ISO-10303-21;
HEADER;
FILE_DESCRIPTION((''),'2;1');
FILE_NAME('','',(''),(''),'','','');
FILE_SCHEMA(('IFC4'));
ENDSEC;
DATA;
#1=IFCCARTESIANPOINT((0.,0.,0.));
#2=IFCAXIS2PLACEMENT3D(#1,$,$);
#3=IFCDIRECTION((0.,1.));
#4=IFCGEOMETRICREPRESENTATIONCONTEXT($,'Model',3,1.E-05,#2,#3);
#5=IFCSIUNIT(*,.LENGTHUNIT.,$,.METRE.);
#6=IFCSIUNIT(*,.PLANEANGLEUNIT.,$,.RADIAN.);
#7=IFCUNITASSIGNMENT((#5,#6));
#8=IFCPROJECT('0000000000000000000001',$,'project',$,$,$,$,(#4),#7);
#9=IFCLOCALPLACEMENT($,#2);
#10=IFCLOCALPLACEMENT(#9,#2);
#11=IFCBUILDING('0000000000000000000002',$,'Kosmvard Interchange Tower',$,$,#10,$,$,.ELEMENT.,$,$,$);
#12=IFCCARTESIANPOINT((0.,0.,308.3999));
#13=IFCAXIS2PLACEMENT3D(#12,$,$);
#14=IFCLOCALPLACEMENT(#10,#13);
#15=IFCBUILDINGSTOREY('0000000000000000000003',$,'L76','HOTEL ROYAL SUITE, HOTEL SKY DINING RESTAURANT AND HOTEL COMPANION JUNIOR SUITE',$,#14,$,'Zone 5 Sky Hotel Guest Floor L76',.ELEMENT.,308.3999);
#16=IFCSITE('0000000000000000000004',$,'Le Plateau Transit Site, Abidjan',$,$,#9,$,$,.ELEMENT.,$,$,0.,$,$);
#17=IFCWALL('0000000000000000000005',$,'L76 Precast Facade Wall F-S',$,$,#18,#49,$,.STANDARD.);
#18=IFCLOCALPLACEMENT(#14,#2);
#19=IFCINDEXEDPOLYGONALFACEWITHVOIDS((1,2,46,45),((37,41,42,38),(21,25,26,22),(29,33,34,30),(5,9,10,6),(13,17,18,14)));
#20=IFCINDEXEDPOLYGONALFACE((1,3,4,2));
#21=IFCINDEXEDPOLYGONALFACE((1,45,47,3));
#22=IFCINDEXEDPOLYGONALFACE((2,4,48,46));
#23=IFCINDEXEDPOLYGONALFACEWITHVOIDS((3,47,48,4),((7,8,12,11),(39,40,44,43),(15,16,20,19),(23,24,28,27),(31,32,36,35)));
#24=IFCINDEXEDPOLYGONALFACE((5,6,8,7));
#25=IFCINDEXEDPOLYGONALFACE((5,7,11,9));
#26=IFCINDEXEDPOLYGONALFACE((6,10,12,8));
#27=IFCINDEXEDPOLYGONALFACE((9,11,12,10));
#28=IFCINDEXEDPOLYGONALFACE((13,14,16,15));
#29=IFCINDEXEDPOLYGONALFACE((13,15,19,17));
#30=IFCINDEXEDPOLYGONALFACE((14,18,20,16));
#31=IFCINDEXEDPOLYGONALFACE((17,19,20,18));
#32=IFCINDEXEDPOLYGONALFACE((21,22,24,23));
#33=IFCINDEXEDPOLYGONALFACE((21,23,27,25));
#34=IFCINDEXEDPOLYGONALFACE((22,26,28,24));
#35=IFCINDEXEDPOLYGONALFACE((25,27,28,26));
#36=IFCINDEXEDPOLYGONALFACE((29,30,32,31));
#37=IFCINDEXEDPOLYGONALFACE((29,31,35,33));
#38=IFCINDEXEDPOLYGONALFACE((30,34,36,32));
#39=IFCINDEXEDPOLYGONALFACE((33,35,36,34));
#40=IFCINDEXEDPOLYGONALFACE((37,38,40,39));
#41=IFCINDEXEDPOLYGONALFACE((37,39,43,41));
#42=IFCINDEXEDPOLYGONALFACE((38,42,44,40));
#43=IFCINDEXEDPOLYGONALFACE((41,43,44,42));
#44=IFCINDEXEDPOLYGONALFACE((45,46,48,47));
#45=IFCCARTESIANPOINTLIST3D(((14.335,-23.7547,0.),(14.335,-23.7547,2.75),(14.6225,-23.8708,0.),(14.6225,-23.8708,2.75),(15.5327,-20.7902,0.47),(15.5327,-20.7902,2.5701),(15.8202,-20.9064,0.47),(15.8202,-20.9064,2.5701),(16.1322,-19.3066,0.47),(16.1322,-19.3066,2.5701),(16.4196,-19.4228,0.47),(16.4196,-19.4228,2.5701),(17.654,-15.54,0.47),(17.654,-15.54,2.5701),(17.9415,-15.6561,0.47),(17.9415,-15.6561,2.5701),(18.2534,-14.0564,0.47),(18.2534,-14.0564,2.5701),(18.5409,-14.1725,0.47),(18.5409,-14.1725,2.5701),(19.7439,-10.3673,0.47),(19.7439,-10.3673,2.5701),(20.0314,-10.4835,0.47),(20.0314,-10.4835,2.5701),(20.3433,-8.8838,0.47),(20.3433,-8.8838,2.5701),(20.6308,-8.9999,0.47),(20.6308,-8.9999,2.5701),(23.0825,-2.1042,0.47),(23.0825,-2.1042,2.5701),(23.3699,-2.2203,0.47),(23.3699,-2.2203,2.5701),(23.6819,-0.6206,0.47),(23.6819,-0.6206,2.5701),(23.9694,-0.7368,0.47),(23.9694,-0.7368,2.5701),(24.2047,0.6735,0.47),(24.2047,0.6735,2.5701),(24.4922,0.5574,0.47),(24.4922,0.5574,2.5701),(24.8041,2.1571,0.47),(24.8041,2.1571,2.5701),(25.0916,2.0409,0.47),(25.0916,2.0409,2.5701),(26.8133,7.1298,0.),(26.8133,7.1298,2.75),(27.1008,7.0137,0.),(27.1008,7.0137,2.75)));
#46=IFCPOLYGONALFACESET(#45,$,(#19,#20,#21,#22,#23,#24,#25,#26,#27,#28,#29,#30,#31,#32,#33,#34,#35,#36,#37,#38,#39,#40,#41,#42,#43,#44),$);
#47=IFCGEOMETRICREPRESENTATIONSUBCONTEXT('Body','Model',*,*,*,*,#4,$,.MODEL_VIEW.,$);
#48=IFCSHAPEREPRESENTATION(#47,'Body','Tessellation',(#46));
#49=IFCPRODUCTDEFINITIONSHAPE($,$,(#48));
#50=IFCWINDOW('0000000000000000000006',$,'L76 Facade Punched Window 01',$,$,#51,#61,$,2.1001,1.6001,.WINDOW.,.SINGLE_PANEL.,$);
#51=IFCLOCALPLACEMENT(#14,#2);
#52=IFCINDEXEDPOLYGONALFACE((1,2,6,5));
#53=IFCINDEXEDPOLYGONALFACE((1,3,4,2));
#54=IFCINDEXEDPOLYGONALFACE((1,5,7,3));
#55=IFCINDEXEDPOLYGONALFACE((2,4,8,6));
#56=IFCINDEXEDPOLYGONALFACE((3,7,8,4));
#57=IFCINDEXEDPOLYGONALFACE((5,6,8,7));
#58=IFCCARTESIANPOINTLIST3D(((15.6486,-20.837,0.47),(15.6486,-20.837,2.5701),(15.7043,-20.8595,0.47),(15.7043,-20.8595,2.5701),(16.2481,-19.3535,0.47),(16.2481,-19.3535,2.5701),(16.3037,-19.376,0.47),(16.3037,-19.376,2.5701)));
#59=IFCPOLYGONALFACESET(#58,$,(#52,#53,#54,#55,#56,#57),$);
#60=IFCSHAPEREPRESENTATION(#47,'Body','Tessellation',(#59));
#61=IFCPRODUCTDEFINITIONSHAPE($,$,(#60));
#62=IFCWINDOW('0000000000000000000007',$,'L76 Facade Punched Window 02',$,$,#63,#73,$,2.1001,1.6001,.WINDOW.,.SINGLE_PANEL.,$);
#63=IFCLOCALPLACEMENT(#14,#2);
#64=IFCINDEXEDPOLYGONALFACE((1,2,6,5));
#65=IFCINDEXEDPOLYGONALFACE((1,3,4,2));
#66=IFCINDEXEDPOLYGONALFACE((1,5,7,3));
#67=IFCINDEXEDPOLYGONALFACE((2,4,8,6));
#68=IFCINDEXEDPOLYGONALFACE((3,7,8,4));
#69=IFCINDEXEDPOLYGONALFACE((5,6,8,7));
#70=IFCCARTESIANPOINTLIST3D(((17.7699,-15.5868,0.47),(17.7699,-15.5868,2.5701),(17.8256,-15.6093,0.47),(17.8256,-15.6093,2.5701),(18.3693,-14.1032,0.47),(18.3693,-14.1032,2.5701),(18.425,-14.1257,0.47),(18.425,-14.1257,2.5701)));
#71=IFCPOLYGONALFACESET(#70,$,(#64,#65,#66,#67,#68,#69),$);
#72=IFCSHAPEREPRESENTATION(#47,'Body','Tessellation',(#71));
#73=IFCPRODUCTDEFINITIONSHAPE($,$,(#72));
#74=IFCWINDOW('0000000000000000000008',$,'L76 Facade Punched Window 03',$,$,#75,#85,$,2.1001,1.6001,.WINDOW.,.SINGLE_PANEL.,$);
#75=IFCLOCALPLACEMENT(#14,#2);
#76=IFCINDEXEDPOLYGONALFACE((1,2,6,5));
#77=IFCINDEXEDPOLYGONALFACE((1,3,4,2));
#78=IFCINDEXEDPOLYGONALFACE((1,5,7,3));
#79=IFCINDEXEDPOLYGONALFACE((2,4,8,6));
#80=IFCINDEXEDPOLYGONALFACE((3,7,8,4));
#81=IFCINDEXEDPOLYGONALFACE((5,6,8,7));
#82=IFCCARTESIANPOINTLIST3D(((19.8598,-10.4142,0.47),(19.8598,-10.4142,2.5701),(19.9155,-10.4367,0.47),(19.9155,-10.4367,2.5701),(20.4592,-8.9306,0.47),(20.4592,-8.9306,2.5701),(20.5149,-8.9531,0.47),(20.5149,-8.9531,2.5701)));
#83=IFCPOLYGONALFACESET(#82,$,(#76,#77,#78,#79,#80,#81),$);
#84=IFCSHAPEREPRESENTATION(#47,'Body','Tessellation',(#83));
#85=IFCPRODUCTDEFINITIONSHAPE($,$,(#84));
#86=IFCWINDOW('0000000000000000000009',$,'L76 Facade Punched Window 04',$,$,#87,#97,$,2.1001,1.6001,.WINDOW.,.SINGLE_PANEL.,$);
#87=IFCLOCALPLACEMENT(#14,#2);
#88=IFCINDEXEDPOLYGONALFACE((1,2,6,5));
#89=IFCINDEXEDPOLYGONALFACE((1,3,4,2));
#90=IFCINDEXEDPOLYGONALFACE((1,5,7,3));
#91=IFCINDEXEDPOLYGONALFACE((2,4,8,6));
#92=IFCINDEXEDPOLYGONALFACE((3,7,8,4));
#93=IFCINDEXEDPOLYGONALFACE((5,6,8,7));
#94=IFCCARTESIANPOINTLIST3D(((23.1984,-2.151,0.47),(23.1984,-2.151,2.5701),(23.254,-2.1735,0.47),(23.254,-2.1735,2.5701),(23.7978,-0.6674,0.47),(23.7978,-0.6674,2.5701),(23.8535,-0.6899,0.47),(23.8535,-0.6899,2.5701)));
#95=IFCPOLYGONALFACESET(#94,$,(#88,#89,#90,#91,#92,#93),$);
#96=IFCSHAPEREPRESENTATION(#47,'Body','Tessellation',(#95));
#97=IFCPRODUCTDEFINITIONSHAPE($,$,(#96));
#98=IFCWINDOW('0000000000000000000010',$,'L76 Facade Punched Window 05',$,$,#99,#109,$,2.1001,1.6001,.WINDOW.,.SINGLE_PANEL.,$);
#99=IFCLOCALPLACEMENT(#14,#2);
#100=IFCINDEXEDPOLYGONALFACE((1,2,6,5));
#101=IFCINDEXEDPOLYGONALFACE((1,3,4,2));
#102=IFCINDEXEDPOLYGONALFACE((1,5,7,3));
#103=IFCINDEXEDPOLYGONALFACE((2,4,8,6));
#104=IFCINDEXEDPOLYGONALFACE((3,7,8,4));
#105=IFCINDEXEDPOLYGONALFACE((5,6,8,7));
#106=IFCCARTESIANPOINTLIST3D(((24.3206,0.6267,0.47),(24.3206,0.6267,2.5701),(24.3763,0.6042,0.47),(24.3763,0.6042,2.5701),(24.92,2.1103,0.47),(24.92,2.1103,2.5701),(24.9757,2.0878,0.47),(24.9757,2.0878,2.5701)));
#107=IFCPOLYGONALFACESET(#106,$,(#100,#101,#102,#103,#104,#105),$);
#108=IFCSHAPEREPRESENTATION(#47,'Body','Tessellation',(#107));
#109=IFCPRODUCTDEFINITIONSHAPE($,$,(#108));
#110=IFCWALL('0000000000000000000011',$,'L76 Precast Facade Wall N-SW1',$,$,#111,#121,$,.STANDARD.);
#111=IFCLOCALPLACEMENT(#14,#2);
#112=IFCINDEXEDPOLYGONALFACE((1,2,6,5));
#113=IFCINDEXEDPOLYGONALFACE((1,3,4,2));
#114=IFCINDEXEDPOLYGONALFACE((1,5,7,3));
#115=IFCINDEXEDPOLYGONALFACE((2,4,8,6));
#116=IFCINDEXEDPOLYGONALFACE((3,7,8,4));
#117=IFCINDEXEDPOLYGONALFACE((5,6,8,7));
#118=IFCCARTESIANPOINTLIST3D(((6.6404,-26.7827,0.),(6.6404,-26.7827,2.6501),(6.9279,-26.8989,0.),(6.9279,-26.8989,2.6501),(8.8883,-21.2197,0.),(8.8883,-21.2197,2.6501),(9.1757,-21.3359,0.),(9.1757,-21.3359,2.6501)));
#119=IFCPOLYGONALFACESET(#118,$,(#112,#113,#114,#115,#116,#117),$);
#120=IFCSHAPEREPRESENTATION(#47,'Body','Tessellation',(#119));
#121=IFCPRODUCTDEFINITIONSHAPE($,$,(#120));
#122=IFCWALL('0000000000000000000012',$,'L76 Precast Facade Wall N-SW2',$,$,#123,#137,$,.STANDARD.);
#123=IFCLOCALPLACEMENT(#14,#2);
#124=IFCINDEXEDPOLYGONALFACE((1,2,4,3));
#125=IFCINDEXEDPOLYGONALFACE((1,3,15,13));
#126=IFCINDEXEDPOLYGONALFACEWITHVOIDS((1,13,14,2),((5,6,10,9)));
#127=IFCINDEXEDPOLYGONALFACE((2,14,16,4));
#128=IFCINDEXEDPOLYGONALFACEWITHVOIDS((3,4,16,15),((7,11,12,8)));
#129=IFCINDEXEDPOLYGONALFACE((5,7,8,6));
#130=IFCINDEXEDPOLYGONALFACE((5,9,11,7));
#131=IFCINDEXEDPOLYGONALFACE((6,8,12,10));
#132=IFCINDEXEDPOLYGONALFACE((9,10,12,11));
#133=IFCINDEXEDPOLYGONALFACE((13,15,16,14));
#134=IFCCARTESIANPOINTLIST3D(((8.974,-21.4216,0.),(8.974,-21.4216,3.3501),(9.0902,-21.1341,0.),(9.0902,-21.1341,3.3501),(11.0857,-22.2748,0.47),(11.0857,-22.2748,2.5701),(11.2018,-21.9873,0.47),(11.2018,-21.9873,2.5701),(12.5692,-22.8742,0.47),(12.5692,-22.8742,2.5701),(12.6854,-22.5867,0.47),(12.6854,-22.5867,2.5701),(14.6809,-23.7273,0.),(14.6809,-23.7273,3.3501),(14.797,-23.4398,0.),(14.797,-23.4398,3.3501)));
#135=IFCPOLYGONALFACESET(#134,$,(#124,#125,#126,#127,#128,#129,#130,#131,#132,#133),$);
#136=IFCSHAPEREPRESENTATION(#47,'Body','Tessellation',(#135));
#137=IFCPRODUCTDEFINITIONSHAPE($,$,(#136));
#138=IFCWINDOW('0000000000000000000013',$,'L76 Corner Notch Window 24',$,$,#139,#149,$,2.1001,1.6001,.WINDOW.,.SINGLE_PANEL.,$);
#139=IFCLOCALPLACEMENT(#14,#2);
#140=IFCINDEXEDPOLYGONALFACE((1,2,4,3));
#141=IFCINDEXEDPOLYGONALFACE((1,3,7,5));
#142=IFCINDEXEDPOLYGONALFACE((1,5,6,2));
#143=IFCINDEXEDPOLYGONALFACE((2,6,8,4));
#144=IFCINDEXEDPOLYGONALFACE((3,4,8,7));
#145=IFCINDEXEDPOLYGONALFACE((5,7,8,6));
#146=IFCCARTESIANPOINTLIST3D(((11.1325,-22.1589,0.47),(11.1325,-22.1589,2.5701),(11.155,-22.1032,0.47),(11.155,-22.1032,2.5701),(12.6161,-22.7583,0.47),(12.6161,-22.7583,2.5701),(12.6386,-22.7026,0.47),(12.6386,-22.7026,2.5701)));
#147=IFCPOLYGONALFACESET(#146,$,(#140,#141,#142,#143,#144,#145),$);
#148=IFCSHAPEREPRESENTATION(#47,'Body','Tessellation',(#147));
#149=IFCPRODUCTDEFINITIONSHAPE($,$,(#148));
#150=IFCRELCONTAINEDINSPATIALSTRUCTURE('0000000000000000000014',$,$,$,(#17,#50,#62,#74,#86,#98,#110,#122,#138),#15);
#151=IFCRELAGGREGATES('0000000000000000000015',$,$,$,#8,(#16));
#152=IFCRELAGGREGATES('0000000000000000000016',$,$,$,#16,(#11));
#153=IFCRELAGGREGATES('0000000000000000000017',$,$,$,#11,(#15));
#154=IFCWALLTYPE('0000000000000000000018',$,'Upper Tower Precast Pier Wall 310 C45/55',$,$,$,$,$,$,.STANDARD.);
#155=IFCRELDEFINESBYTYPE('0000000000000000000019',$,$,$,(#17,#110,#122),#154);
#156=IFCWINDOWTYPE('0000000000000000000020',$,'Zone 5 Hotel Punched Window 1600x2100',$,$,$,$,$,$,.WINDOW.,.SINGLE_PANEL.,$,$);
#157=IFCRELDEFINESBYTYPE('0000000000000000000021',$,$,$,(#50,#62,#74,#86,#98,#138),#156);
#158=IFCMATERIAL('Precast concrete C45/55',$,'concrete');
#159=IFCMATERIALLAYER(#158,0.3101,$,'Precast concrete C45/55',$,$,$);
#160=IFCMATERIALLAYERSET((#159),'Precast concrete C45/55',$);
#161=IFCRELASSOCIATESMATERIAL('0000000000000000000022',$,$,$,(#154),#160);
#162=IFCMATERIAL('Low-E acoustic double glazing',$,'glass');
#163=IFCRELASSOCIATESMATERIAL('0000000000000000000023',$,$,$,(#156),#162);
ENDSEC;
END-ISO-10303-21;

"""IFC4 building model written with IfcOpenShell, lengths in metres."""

from ifc_helpers import new_model, si_unit, direction, frame, frame_2d, origin, place, context, subcontext, project, spatial, rectangle, extrude, source, transform, mapped, material, layer, layer_set, type_object, element, fill, save


model = new_model("IFC4")

# Units and contexts
model_context = context("Model", 3, precision=1e-05, world=origin(), true_north=direction((0.0, 1.0)))
body_context = subcontext(model_context, "Body", "Model", "MODEL_VIEW")
ifc_project = project(units=[si_unit("LENGTHUNIT", "METRE"), si_unit("PLANEANGLEUNIT", "RADIAN")], contexts=[model_context])

# Site, building, storey
site_placement = place(None, origin())
site = spatial("IfcSite", under=ifc_project, at=site_placement, Name="Le Plateau Transit Site, Abidjan", CompositionType="ELEMENT", RefElevation=0.0)
building_placement = place(site_placement, origin())
building = spatial("IfcBuilding", under=site, at=building_placement, Name="Kosmvard Interchange Tower", CompositionType="ELEMENT")
storey_placement = place(building_placement, frame((0.0, 0.0, 308.3999)))
storey = spatial("IfcBuildingStorey", under=building, at=storey_placement, Name="L76", Description="HOTEL ROYAL SUITE, HOTEL SKY DINING RESTAURANT AND HOTEL COMPANION JUNIOR SUITE", LongName="Zone 5 Sky Hotel Guest Floor L76", CompositionType="ELEMENT", Elevation=308.3999)

# Shared definitions
ifc_material_1 = material(Name="Precast concrete C45/55", Category="concrete")

# Wall, openings, windows
ifc_layer_1 = layer(ifc_material_1, 0.3101, Name="Precast concrete C45/55")
ifc_layer_set_1 = layer_set([ifc_layer_1], Name="Precast concrete C45/55")
wall_type_1 = type_object("IfcWallType", Name="Upper Tower Precast Pier Wall 310 C45/55", PredefinedType="STANDARD", material=ifc_layer_set_1)
wall_1_placement = place(storey_placement, frame((14.4788, -23.8127, 0.0), z_axis=(0.0, 0.0, 1.0), x_axis=(0.37461, 0.927183, 0.0)))
wall_1 = element("IfcWall", 1, at=wall_1_placement, inside=storey, type_object=wall_type_1, Name="L76 Precast Facade Wall F-S", PredefinedType="STANDARD", context=body_context, shape_type="SweptSolid", body=[
    extrude(rectangle(XDim=33.3101, YDim=0.3101, at=frame_2d((16.655, 0.0))), origin(), (0.0, 0.0, 1.0), 2.75),
])
opening_1_placement = place(wall_1_placement, frame((3.1973, 0.0, 0.47)))
opening_1 = element("IfcOpeningElement", 2, at=opening_1_placement, cuts=wall_1, PredefinedType="OPENING", context=body_context, shape_type="SweptSolid", body=[
    extrude(rectangle(XDim=1.6001, YDim=2.1001, at=frame_2d((0.8, 1.05))), frame((0.0, 0.165, 0.0), z_axis=(0.0, -1.0, 0.0), x_axis=(1.0, 0.0, 0.0)), (0.0, 0.0, 1.0), 0.3301),
])
opening_2_placement = place(wall_1_placement, frame((8.8599, 0.0, 0.47)))
opening_2 = element("IfcOpeningElement", 3, at=opening_2_placement, cuts=wall_1, PredefinedType="OPENING", context=body_context, shape_type="SweptSolid", body=[
    extrude(rectangle(XDim=1.6001, YDim=2.1001, at=frame_2d((0.8, 1.05))), frame((0.0, 0.165, 0.0), z_axis=(0.0, -1.0, 0.0), x_axis=(1.0, 0.0, 0.0)), (0.0, 0.0, 1.0), 0.3301),
])
opening_3_placement = place(wall_1_placement, frame((14.4387, 0.0, 0.47)))
opening_3 = element("IfcOpeningElement", 4, at=opening_3_placement, cuts=wall_1, PredefinedType="OPENING", context=body_context, shape_type="SweptSolid", body=[
    extrude(rectangle(XDim=1.6001, YDim=2.1001, at=frame_2d((0.8, 1.05))), frame((0.0, 0.165, 0.0), z_axis=(0.0, -1.0, 0.0), x_axis=(1.0, 0.0, 0.0)), (0.0, 0.0, 1.0), 0.3301),
])
opening_4_placement = place(wall_1_placement, frame((23.3508, 0.0, 0.47)))
opening_4 = element("IfcOpeningElement", 5, at=opening_4_placement, cuts=wall_1, PredefinedType="OPENING", context=body_context, shape_type="SweptSolid", body=[
    extrude(rectangle(XDim=1.6001, YDim=2.1001, at=frame_2d((0.8, 1.05))), frame((0.0, 0.165, 0.0), z_axis=(0.0, -1.0, 0.0), x_axis=(1.0, 0.0, 0.0)), (0.0, 0.0, 1.0), 0.3301),
])
opening_5_placement = place(wall_1_placement, frame((26.3467, 0.0, 0.47)))
opening_5 = element("IfcOpeningElement", 6, at=opening_5_placement, cuts=wall_1, PredefinedType="OPENING", context=body_context, shape_type="SweptSolid", body=[
    extrude(rectangle(XDim=1.6001, YDim=2.1001, at=frame_2d((0.8, 1.05))), frame((0.0, 0.165, 0.0), z_axis=(0.0, -1.0, 0.0), x_axis=(1.0, 0.0, 0.0)), (0.0, 0.0, 1.0), 0.3301),
])
ifc_material_2 = material(Name="Low-E acoustic double glazing", Category="glass")
window_type = type_object("IfcWindowType", Name="Zone 5 Hotel Punched Window 1600x2100", PartitioningType="SINGLE_PANEL", PredefinedType="WINDOW", material=ifc_material_2)
shared_shape_1 = source(origin(), body_context, "Body", "SweptSolid", [
    extrude(rectangle(XDim=1.6001, YDim=2.1001, at=frame_2d((0.8, 1.05))), frame((0.0, 0.03, 0.0), z_axis=(0.0, -1.0, 0.0), x_axis=(1.0, 0.0, 0.0)), (0.0, 0.0, 1.0), 0.0601),
])
window_1_placement = place(opening_1_placement, origin())
window_1 = element("IfcWindow", 7, at=window_1_placement, inside=storey, type_object=window_type, Name="L76 Facade Punched Window 01", OverallHeight=2.1001, OverallWidth=1.6001, PartitioningType="SINGLE_PANEL", PredefinedType="WINDOW", context=body_context, shape_type="MappedRepresentation", body=[
    mapped(shared_shape_1, transform((0.0, 0.0, 0.0), scale=1.0)),
])
fill(opening_1, window_1)
window_2_placement = place(opening_2_placement, origin())
window_2 = element("IfcWindow", 8, at=window_2_placement, inside=storey, type_object=window_type, Name="L76 Facade Punched Window 02", OverallHeight=2.1001, OverallWidth=1.6001, PartitioningType="SINGLE_PANEL", PredefinedType="WINDOW", context=body_context, shape_type="MappedRepresentation", body=[
    mapped(shared_shape_1, transform((0.0, 0.0, 0.0), scale=1.0)),
])
fill(opening_2, window_2)
window_3_placement = place(opening_3_placement, origin())
window_3 = element("IfcWindow", 9, at=window_3_placement, inside=storey, type_object=window_type, Name="L76 Facade Punched Window 03", OverallHeight=2.1001, OverallWidth=1.6001, PartitioningType="SINGLE_PANEL", PredefinedType="WINDOW", context=body_context, shape_type="MappedRepresentation", body=[
    mapped(shared_shape_1, transform((0.0, 0.0, 0.0), scale=1.0)),
])
fill(opening_3, window_3)
window_4_placement = place(opening_4_placement, origin())
window_4 = element("IfcWindow", 10, at=window_4_placement, inside=storey, type_object=window_type, Name="L76 Facade Punched Window 04", OverallHeight=2.1001, OverallWidth=1.6001, PartitioningType="SINGLE_PANEL", PredefinedType="WINDOW", context=body_context, shape_type="MappedRepresentation", body=[
    mapped(shared_shape_1, transform((0.0, 0.0, 0.0), scale=1.0)),
])
fill(opening_4, window_4)
window_5_placement = place(opening_5_placement, origin())
window_5 = element("IfcWindow", 11, at=window_5_placement, inside=storey, type_object=window_type, Name="L76 Facade Punched Window 05", OverallHeight=2.1001, OverallWidth=1.6001, PartitioningType="SINGLE_PANEL", PredefinedType="WINDOW", context=body_context, shape_type="MappedRepresentation", body=[
    mapped(shared_shape_1, transform((0.0, 0.0, 0.0), scale=1.0)),
])
fill(opening_5, window_5)

# Wall
wall_2_placement = place(storey_placement, frame((6.7842, -26.8408, 0.0), z_axis=(0.0, 0.0, 1.0), x_axis=(0.374637, 0.927172, 0.0)))
element("IfcWall", 12, at=wall_2_placement, inside=storey, type_object=wall_type_1, Name="L76 Precast Facade Wall N-SW1", PredefinedType="STANDARD", context=body_context, shape_type="SweptSolid", body=[
    extrude(rectangle(XDim=6.0, YDim=0.3101, at=frame_2d((3.0, 0.0))), origin(), (0.0, 0.0, 1.0), 2.6501),
])

# Wall, opening, window
wall_3_placement = place(storey_placement, frame((9.032, -21.2778, 0.0), z_axis=(0.0, 0.0, 1.0), x_axis=(0.927185, -0.374603, 0.0)))
wall_3 = element("IfcWall", 13, at=wall_3_placement, inside=storey, type_object=wall_type_1, Name="L76 Precast Facade Wall N-SW2", PredefinedType="STANDARD", context=body_context, shape_type="SweptSolid", body=[
    extrude(rectangle(XDim=6.155, YDim=0.3101, at=frame_2d((3.0776, 0.0))), origin(), (0.0, 0.0, 1.0), 3.3501),
])
opening_6_placement = place(wall_3_placement, frame((2.2776, 0.0, 0.47)))
opening_6 = element("IfcOpeningElement", 14, at=opening_6_placement, cuts=wall_3, PredefinedType="OPENING", context=body_context, shape_type="SweptSolid", body=[
    extrude(rectangle(XDim=1.6001, YDim=2.1001, at=frame_2d((0.8, 1.05))), frame((0.0, 0.165, 0.0), z_axis=(0.0, -1.0, 0.0), x_axis=(1.0, 0.0, 0.0)), (0.0, 0.0, 1.0), 0.3301),
])
window_6_placement = place(opening_6_placement, origin())
window_6 = element("IfcWindow", 15, at=window_6_placement, inside=storey, type_object=window_type, Name="L76 Corner Notch Window 24", OverallHeight=2.1001, OverallWidth=1.6001, PartitioningType="SINGLE_PANEL", PredefinedType="WINDOW", context=body_context, shape_type="MappedRepresentation", body=[
    mapped(shared_shape_1, transform((0.0, 0.0, 0.0), scale=1.0)),
])
fill(opening_6, window_6)

save(model, "model.ifc")
